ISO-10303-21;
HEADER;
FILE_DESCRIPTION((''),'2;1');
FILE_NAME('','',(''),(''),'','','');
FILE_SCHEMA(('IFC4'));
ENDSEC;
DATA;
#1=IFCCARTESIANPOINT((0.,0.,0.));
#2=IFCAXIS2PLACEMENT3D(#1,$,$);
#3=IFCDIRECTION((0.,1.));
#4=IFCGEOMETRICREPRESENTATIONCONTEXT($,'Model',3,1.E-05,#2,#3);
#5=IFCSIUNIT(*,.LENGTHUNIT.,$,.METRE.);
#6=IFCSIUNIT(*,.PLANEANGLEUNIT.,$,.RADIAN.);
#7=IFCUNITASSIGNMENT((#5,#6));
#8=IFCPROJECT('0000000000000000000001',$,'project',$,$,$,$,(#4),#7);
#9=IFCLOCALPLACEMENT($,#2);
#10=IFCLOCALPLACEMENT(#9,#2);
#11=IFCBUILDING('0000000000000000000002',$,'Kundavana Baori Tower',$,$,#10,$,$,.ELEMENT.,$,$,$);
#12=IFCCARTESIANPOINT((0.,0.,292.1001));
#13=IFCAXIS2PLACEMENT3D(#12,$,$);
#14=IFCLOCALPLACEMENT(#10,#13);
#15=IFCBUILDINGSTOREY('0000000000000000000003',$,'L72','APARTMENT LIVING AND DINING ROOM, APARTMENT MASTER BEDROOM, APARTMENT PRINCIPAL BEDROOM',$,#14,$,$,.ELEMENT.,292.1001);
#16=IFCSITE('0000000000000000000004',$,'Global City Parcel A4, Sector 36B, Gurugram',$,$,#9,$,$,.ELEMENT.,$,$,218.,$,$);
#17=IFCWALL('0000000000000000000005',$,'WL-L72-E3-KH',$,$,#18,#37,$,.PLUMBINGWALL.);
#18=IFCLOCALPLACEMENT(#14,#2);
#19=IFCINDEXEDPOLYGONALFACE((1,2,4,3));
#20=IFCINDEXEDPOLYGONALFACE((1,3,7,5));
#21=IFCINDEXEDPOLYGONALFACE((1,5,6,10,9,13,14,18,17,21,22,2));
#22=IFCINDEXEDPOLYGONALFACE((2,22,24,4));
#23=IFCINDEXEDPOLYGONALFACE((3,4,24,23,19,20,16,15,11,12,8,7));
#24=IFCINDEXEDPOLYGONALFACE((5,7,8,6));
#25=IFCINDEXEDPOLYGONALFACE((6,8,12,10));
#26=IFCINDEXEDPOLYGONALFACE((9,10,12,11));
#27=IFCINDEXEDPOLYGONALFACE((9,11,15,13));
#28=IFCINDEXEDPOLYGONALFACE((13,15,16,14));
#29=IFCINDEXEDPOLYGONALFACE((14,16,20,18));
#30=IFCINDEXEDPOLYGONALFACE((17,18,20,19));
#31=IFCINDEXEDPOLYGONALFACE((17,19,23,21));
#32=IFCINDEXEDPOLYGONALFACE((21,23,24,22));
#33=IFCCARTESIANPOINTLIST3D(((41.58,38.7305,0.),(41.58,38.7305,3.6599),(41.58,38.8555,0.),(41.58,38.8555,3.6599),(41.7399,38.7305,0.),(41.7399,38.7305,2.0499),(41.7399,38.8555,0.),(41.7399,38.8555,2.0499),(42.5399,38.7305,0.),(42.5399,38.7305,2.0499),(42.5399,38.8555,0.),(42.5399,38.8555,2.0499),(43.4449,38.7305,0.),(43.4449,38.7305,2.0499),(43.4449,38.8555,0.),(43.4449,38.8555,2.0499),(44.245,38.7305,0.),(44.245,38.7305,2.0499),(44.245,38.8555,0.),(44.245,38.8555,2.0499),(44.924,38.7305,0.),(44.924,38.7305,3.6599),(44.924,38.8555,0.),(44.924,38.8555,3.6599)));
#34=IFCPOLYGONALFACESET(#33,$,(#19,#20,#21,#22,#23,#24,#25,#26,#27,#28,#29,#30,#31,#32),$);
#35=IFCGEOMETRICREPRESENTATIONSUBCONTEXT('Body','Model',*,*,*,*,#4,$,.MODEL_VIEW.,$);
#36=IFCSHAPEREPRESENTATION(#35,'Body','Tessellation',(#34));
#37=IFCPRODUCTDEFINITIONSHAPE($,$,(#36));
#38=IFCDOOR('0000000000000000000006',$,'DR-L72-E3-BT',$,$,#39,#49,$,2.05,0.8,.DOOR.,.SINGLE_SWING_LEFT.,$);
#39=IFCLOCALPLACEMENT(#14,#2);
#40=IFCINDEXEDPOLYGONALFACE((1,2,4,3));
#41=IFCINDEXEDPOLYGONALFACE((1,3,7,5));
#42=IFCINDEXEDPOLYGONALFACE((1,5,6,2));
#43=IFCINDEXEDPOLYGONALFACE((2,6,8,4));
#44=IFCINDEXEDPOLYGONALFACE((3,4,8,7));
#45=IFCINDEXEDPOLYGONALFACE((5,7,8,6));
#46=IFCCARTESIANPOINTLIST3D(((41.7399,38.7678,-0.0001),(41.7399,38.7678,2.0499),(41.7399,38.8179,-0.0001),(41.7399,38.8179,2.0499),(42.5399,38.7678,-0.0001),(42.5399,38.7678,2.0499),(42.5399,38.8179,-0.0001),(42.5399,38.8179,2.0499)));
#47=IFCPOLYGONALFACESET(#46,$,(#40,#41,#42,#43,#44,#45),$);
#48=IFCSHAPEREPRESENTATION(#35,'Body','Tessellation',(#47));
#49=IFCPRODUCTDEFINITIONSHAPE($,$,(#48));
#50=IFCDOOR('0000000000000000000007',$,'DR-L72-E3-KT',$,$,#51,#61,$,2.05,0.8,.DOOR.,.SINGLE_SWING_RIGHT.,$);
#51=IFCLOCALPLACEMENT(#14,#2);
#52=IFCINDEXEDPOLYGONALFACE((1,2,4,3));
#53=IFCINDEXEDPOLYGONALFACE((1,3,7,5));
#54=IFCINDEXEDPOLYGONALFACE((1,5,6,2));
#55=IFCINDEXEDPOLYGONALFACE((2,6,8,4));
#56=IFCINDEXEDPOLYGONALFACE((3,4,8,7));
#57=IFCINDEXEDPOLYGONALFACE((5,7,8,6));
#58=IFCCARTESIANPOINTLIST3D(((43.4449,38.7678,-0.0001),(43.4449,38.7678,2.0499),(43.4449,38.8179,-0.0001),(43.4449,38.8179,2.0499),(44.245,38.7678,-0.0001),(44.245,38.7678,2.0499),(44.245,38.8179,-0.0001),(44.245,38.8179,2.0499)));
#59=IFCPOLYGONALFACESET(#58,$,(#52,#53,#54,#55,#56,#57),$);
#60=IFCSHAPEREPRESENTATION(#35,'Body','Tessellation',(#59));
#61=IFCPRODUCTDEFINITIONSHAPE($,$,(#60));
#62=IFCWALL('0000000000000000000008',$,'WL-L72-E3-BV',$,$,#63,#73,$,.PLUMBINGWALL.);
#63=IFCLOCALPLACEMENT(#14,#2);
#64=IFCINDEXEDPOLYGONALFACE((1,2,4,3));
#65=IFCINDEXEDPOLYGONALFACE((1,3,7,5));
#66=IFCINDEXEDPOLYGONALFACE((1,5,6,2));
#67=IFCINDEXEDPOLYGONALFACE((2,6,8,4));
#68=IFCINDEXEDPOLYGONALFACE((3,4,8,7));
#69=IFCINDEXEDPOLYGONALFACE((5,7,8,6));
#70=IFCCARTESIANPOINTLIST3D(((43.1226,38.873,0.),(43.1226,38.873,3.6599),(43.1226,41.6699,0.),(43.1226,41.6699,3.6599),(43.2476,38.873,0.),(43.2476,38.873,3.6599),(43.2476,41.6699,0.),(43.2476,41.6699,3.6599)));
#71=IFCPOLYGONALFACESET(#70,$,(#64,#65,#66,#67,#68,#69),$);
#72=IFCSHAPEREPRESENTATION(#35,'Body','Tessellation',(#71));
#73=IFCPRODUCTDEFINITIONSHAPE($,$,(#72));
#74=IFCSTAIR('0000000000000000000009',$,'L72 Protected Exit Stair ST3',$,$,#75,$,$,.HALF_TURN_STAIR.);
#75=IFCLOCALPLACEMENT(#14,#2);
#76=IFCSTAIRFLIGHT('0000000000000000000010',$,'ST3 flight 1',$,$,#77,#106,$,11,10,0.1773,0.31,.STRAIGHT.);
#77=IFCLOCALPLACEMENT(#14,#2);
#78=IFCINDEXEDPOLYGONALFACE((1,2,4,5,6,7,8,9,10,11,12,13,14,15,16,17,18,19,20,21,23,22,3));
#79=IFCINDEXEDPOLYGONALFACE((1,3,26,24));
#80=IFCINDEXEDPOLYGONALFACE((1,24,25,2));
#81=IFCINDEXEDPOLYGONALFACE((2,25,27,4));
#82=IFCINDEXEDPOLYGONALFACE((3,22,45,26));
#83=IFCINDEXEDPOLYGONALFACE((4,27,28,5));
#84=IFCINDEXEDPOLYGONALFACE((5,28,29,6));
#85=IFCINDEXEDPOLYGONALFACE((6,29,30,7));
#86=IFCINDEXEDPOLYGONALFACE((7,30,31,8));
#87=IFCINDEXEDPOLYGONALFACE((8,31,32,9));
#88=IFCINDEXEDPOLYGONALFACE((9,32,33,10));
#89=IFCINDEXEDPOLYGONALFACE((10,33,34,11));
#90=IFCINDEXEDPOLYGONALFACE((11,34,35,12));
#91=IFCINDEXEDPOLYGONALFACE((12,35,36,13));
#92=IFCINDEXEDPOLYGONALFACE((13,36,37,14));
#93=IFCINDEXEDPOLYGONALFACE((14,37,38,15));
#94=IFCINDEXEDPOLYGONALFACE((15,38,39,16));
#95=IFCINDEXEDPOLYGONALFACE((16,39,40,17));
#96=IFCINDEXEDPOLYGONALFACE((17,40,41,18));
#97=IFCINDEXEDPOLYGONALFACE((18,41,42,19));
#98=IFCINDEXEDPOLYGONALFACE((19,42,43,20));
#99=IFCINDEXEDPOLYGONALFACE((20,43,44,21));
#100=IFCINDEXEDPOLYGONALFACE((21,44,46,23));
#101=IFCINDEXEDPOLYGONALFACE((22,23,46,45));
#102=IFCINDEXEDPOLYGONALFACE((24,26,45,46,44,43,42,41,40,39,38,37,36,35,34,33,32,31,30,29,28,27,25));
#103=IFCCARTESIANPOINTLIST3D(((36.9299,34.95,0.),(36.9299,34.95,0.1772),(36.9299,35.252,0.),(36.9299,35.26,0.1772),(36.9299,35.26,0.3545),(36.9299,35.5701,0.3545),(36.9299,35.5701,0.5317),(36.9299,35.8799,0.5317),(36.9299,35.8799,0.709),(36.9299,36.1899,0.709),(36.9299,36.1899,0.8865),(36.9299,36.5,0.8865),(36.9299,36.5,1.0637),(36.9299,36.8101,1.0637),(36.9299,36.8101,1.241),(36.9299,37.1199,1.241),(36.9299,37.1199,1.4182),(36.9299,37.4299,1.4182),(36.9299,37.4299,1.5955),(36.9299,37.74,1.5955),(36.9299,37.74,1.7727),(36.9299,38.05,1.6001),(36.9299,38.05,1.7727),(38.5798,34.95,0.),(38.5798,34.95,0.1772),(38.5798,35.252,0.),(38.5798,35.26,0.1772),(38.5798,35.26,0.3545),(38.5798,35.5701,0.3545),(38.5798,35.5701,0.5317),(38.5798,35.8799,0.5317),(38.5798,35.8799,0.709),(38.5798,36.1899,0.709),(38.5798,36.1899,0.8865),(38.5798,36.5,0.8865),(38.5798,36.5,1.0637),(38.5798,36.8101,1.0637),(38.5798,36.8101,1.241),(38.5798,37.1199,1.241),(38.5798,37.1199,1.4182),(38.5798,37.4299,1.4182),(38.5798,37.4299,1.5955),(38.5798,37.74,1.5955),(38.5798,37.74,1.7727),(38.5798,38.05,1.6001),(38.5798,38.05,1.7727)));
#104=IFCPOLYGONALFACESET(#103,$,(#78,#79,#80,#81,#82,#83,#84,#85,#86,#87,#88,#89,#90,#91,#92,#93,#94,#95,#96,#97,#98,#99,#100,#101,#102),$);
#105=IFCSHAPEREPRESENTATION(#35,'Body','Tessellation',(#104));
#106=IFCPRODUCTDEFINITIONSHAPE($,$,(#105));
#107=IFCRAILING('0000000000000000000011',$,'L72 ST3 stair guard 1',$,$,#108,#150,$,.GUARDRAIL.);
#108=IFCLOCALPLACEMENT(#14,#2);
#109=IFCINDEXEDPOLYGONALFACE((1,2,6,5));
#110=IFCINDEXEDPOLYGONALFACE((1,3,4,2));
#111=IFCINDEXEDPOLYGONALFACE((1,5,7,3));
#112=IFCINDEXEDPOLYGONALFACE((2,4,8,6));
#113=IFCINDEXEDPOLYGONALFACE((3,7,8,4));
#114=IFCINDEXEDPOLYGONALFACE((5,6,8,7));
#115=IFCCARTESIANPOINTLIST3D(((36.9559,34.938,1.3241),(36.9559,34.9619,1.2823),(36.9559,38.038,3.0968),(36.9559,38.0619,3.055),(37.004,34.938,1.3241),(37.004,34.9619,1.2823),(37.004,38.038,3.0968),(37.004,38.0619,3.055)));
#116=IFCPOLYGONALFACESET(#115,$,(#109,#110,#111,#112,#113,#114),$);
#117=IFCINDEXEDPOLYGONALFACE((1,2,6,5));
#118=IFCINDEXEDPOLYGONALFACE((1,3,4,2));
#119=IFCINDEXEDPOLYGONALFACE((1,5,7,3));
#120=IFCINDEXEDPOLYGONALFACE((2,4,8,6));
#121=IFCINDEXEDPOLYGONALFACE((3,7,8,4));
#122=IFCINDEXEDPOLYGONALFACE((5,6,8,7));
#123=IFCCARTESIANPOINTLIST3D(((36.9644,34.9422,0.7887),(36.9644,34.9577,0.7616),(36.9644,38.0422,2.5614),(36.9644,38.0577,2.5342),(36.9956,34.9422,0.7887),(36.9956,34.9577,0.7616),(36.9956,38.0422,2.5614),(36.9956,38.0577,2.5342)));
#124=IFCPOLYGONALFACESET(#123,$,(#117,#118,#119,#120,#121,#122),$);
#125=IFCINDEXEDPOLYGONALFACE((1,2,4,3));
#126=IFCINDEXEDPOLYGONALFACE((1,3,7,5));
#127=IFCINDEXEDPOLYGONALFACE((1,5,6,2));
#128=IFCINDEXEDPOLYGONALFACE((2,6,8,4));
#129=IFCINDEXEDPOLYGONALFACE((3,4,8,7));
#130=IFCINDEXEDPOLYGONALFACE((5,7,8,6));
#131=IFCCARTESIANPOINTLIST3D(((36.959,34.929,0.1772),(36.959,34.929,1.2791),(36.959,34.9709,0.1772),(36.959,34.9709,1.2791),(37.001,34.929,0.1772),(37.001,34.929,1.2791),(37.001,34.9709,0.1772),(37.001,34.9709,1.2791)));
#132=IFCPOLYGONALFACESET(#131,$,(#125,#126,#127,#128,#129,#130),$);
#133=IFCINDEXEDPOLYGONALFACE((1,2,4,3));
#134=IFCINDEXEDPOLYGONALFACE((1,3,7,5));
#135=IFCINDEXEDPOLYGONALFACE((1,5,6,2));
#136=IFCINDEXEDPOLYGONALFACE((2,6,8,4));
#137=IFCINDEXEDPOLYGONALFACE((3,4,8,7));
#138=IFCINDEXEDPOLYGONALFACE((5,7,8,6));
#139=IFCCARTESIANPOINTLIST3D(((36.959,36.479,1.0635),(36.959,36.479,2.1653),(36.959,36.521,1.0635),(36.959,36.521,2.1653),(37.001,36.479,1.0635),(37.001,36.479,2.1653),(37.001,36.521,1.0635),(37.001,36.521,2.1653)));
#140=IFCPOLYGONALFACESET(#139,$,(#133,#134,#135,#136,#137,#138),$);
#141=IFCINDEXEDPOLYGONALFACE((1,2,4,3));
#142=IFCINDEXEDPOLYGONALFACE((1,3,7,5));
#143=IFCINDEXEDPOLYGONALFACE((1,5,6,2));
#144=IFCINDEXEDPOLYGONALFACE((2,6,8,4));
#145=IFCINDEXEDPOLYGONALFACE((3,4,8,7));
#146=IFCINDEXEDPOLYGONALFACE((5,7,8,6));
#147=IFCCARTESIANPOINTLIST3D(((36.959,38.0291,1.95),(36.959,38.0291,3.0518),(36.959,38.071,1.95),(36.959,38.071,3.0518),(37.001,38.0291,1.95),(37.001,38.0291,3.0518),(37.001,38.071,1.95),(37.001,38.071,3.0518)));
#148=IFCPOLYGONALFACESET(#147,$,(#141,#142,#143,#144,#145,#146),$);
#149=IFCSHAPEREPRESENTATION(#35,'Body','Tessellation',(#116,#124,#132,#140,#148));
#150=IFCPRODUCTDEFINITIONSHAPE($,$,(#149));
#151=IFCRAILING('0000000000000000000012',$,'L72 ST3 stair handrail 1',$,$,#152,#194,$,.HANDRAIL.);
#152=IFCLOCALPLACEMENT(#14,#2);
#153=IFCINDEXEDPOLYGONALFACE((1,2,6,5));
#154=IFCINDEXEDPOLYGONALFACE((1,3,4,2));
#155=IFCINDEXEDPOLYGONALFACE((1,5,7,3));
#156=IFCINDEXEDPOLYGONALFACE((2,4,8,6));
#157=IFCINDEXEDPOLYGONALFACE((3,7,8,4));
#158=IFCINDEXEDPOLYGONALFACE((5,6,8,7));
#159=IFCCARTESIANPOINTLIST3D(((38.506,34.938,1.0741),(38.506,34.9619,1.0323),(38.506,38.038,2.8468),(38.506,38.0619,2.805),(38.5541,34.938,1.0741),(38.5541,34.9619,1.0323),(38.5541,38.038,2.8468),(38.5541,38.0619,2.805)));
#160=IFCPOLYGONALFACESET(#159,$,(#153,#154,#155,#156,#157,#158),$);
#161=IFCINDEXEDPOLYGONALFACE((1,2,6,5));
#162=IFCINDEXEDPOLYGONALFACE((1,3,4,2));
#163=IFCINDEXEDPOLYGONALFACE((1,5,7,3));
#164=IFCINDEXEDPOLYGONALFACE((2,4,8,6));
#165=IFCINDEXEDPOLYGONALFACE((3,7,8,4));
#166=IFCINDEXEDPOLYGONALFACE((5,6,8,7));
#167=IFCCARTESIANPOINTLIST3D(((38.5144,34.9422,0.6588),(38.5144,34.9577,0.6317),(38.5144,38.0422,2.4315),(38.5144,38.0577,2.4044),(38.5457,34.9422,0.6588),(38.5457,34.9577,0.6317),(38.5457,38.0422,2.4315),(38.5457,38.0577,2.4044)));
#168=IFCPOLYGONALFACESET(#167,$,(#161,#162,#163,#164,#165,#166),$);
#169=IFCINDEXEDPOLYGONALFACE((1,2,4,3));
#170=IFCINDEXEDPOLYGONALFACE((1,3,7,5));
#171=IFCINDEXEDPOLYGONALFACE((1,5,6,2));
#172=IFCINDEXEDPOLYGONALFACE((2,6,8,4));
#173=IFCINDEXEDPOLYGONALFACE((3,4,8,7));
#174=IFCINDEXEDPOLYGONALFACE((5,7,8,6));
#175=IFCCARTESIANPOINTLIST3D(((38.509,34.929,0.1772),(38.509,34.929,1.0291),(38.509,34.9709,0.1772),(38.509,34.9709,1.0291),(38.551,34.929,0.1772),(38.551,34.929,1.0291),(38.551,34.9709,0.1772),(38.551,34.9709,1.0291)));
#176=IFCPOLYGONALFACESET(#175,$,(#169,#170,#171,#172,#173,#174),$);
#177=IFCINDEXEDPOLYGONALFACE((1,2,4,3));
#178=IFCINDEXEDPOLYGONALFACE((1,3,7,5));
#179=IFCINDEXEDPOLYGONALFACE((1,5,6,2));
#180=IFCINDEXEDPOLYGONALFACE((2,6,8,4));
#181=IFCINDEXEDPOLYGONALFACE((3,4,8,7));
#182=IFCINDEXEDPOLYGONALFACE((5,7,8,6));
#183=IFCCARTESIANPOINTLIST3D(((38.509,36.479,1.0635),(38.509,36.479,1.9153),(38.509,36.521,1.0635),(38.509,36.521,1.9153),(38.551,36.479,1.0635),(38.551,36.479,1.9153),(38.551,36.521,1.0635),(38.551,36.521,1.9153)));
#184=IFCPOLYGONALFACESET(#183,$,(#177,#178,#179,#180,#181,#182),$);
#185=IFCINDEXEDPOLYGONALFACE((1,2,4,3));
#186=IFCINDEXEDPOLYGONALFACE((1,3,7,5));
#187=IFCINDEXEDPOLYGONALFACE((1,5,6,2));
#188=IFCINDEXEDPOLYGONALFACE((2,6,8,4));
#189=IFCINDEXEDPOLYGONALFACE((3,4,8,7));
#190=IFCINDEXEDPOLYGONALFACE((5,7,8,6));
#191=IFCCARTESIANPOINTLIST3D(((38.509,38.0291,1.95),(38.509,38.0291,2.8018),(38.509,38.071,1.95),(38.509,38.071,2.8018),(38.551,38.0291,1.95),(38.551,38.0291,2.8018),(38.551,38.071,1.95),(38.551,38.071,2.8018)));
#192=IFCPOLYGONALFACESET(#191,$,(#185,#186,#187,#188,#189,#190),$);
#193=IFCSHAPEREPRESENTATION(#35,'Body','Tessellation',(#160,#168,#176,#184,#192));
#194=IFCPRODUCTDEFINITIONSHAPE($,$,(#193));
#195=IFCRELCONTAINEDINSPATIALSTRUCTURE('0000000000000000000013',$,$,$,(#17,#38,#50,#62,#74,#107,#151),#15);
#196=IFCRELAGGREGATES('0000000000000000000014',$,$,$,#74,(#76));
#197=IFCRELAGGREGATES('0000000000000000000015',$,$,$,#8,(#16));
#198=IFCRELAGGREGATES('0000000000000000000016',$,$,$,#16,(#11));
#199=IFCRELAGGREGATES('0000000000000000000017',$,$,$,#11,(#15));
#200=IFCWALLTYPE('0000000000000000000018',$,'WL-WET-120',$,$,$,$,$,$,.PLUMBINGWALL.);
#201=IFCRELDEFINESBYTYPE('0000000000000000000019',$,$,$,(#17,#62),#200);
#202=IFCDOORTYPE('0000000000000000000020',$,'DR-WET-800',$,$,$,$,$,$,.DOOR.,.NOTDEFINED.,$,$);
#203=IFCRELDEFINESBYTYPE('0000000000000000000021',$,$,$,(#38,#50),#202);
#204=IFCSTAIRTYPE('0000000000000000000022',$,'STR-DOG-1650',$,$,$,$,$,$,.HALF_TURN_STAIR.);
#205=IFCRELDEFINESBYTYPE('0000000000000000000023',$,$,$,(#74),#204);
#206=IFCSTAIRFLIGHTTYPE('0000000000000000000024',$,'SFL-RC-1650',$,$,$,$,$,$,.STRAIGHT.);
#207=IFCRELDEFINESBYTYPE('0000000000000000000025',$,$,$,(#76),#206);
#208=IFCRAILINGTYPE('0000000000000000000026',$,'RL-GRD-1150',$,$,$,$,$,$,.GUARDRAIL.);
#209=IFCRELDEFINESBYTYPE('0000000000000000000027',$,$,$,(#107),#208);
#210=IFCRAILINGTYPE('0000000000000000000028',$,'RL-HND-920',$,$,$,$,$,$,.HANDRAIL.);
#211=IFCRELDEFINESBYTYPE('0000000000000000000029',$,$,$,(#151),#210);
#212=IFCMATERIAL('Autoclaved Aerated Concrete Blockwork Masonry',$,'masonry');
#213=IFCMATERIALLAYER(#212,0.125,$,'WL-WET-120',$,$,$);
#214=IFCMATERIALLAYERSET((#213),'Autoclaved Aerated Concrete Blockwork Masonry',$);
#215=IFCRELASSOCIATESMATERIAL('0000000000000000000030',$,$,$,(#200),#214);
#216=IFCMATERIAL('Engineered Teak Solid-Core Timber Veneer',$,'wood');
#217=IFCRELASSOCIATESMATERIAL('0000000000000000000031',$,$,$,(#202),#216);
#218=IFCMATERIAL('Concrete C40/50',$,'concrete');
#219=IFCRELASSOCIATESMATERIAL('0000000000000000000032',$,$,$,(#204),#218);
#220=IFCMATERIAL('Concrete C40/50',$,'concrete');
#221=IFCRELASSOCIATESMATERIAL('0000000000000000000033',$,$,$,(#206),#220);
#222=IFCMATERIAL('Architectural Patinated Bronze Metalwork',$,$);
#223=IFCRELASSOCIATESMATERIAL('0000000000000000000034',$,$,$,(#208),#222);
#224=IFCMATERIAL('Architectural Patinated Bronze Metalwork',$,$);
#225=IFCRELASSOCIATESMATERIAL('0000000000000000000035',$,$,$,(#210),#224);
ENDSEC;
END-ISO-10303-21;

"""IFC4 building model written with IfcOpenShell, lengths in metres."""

from ifc_helpers import new_model, si_unit, direction, frame, frame_2d, origin, origin_2d, place, context, subcontext, project, spatial, polyline, rectangle, outline, extrude, material, layer, layer_set, type_object, element, fill, aggregate, save


model = new_model("IFC4")

# Units and contexts
model_context = context("Model", 3, precision=1e-05, world=origin(), true_north=direction((0.0, 1.0)))
body_context = subcontext(model_context, "Body", "Model", "MODEL_VIEW")
ifc_project = project(units=[si_unit("LENGTHUNIT", "METRE"), si_unit("PLANEANGLEUNIT", "RADIAN")], contexts=[model_context])

# Site, building, storey
site_placement = place(None, origin())
site = spatial("IfcSite", under=ifc_project, at=site_placement, Name="Global City Parcel A4, Sector 36B, Gurugram", CompositionType="ELEMENT", RefElevation=218.0)
building_placement = place(site_placement, origin())
building = spatial("IfcBuilding", under=site, at=building_placement, Name="Kundavana Baori Tower", CompositionType="ELEMENT")
storey_placement = place(building_placement, frame((0.0, 0.0, 292.1001)))
storey = spatial("IfcBuildingStorey", under=building, at=storey_placement, Name="L72", Description="APARTMENT LIVING AND DINING ROOM, APARTMENT MASTER BEDROOM, APARTMENT PRINCIPAL BEDROOM", CompositionType="ELEMENT", Elevation=292.1001)

# Wall, openings, doors
ifc_material_1 = material(Name="Autoclaved Aerated Concrete Blockwork Masonry", Category="masonry")
ifc_layer_1 = layer(ifc_material_1, 0.125, Name="WL-WET-120")
ifc_layer_set_1 = layer_set([ifc_layer_1], Name="Autoclaved Aerated Concrete Blockwork Masonry")
wall_type_1 = type_object("IfcWallType", Name="WL-WET-120", PredefinedType="PLUMBINGWALL", material=ifc_layer_set_1)
wall_1_placement = place(storey_placement, frame((41.5801, 38.793, 0.0), z_axis=(0.0, 0.0, 1.0), x_axis=(1.0, 0.0, 0.0)))
wall_1 = element("IfcWall", 1, at=wall_1_placement, inside=storey, type_object=wall_type_1, Name="WL-L72-E3-KH", PredefinedType="PLUMBINGWALL", context=body_context, shape_type="SweptSolid", body=[
    extrude(rectangle(XDim=3.344, YDim=0.125, at=frame_2d((1.6719, 0.0))), origin(), (0.0, 0.0, 1.0), 3.6599),
])
opening_1_placement = place(wall_1_placement, frame((0.1599, 0.0, 0.0)))
opening_1 = element("IfcOpeningElement", 2, at=opening_1_placement, cuts=wall_1, PredefinedType="OPENING", context=body_context, shape_type="SweptSolid", body=[
    extrude(rectangle(XDim=0.8, YDim=2.05, at=frame_2d((0.3999, 1.0249))), frame((0.0, 0.0725, 0.0), z_axis=(0.0, -1.0, 0.0), x_axis=(1.0, 0.0, 0.0)), (0.0, 0.0, 1.0), 0.145),
])
opening_2_placement = place(wall_1_placement, frame((1.865, 0.0, 0.0)))
opening_2 = element("IfcOpeningElement", 3, at=opening_2_placement, cuts=wall_1, PredefinedType="OPENING", context=body_context, shape_type="SweptSolid", body=[
    extrude(rectangle(XDim=0.8, YDim=2.05, at=frame_2d((0.3999, 1.0249))), frame((0.0, 0.0725, 0.0), z_axis=(0.0, -1.0, 0.0), x_axis=(1.0, 0.0, 0.0)), (0.0, 0.0, 1.0), 0.145),
])
ifc_material_2 = material(Name="Engineered Teak Solid-Core Timber Veneer", Category="wood")
door_type_1 = type_object("IfcDoorType", Name="DR-WET-800", OperationType="NOTDEFINED", PredefinedType="DOOR", material=ifc_material_2)
door_1_placement = place(opening_1_placement, origin())
door_1 = element("IfcDoor", 4, at=door_1_placement, inside=storey, type_object=door_type_1, Name="DR-L72-E3-BT", OperationType="SINGLE_SWING_LEFT", OverallHeight=2.05, OverallWidth=0.8, PredefinedType="DOOR", context=body_context, shape_type="SweptSolid", body=[
    extrude(rectangle(XDim=0.8, YDim=2.05, at=frame_2d((0.3999, 1.0249))), frame((0.0, 0.0249, 0.0), z_axis=(0.0, -1.0, 0.0), x_axis=(1.0, 0.0, 0.0)), (0.0, 0.0, 1.0), 0.05),
])
fill(opening_1, door_1)
door_2_placement = place(opening_2_placement, origin())
door_2 = element("IfcDoor", 5, at=door_2_placement, inside=storey, type_object=door_type_1, Name="DR-L72-E3-KT", OperationType="SINGLE_SWING_RIGHT", OverallHeight=2.05, OverallWidth=0.8, PredefinedType="DOOR", context=body_context, shape_type="SweptSolid", body=[
    extrude(rectangle(XDim=0.8, YDim=2.05, at=frame_2d((0.3999, 1.0249))), frame((0.0, 0.0249, 0.0), z_axis=(0.0, -1.0, 0.0), x_axis=(1.0, 0.0, 0.0)), (0.0, 0.0, 1.0), 0.05),
])
fill(opening_2, door_2)

# Wall
wall_2_placement = place(storey_placement, frame((43.1851, 38.873, 0.0), z_axis=(0.0, 0.0, 1.0), x_axis=(0.0, 1.0, 0.0)))
element("IfcWall", 6, at=wall_2_placement, inside=storey, type_object=wall_type_1, Name="WL-L72-E3-BV", PredefinedType="PLUMBINGWALL", context=body_context, shape_type="SweptSolid", body=[
    extrude(rectangle(XDim=2.7969, YDim=0.125, at=frame_2d((1.3984, 0.0))), origin(), (0.0, 0.0, 1.0), 3.6599),
])

# Stair, stair flight
ifc_material_3 = material(Name="Concrete C40/50", Category="concrete")
stair_type = type_object("IfcStairType", Name="STR-DOG-1650", PredefinedType="HALF_TURN_STAIR", material=ifc_material_3)
stair_placement = place(storey_placement, origin())
stair = element("IfcStair", 7, at=stair_placement, inside=storey, type_object=stair_type, Name="L72 Protected Exit Stair ST3", PredefinedType="HALF_TURN_STAIR")
ifc_material_4 = material(Name="Concrete C40/50", Category="concrete")
stair_flight_type = type_object("IfcStairFlightType", Name="SFL-RC-1650", PredefinedType="STRAIGHT", material=ifc_material_4)
stair_flight_placement = place(storey_placement, frame((37.7549, 34.95, 0.0), z_axis=(0.0, 0.0, 1.0), x_axis=(0.0, 1.0, 0.0)))
stair_flight = element("IfcStairFlight", 8, at=stair_flight_placement, type_object=stair_flight_type, Name="ST3 flight 1", NumberOfRisers=11, NumberOfTreads=10, PredefinedType="STRAIGHT", RiserHeight=0.1773, TreadLength=0.31, context=body_context, shape_type="SweptSolid", body=[
    extrude(outline(polyline([(0.0, 0.0), (0.0, 0.1772), (0.3101, 0.1772), (0.3101, 0.3545), (0.6201, 0.3545), (0.6201, 0.5317), (0.9299, 0.5317), (0.9299, 0.709), (1.24, 0.709), (1.24, 0.8865), (1.55, 0.8865), (1.55, 1.0637), (1.8601, 1.0637), (1.8601, 1.241), (2.1699, 1.241), (2.1699, 1.4182), (2.48, 1.4182), (2.48, 1.5955), (2.79, 1.5955), (2.79, 1.7727), (3.1001, 1.7727), (3.1001, 1.95), (3.1001, 1.6001), (0.302, 0.0), (0.0, 0.0)])), frame((0.0, 0.825, 0.0), z_axis=(0.0, -1.0, 0.0), x_axis=(1.0, 0.0, 0.0)), (0.0, 0.0, 1.0), 1.6499),
])
aggregate(stair, [stair_flight])

# Railings
ifc_material_5 = material(Name="Architectural Patinated Bronze Metalwork")
railing_type_1 = type_object("IfcRailingType", Name="RL-GRD-1150", PredefinedType="GUARDRAIL", material=ifc_material_5)
railing_1_placement = place(storey_placement, frame((36.98, 34.95, 0.1772)))
element("IfcRailing", 9, at=railing_1_placement, inside=storey, type_object=railing_type_1, Name="L72 ST3 stair guard 1", PredefinedType="GUARDRAIL", context=body_context, shape_type="SweptSolid", body=[
    extrude(rectangle(XDim=0.0481, YDim=0.0481, at=origin_2d()), frame((0.0, 0.0, 1.126), z_axis=(0.0, 0.868096, 0.496397), x_axis=(-1.0, 0.0, 0.0)), (0.0, 0.0, 1.0), 3.571),
    extrude(rectangle(XDim=0.0312, YDim=0.0312, at=origin_2d()), frame((0.0, 0.0, 0.5979), z_axis=(0.0, 0.868096, 0.496397), x_axis=(-1.0, 0.0, 0.0)), (0.0, 0.0, 1.0), 3.571),
    extrude(rectangle(XDim=0.042, YDim=0.042, at=origin_2d()), origin(), (0.0, 0.0, 1.0), 1.1018),
    extrude(rectangle(XDim=0.042, YDim=0.042, at=origin_2d()), frame((0.0, 1.55, 0.8862)), (0.0, 0.0, 1.0), 1.1018),
    extrude(rectangle(XDim=0.042, YDim=0.042, at=origin_2d()), frame((0.0, 3.1001, 1.7727)), (0.0, 0.0, 1.0), 1.1018),
])
ifc_material_6 = material(Name="Architectural Patinated Bronze Metalwork")
railing_type_2 = type_object("IfcRailingType", Name="RL-HND-920", PredefinedType="HANDRAIL", material=ifc_material_6)
railing_2_placement = place(storey_placement, frame((38.53, 34.95, 0.1772)))
element("IfcRailing", 10, at=railing_2_placement, inside=storey, type_object=railing_type_2, Name="L72 ST3 stair handrail 1", PredefinedType="HANDRAIL", context=body_context, shape_type="SweptSolid", body=[
    extrude(rectangle(XDim=0.0481, YDim=0.0481, at=origin_2d()), frame((0.0, 0.0, 0.876), z_axis=(0.0, 0.868096, 0.496397), x_axis=(-1.0, 0.0, 0.0)), (0.0, 0.0, 1.0), 3.571),
    extrude(rectangle(XDim=0.0312, YDim=0.0312, at=origin_2d()), frame((0.0, 0.0, 0.468), z_axis=(0.0, 0.868096, 0.496397), x_axis=(-1.0, 0.0, 0.0)), (0.0, 0.0, 1.0), 3.571),
    extrude(rectangle(XDim=0.042, YDim=0.042, at=origin_2d()), origin(), (0.0, 0.0, 1.0), 0.8518),
    extrude(rectangle(XDim=0.042, YDim=0.042, at=origin_2d()), frame((0.0, 1.55, 0.8862)), (0.0, 0.0, 1.0), 0.8518),
    extrude(rectangle(XDim=0.042, YDim=0.042, at=origin_2d()), frame((0.0, 3.1001, 1.7727)), (0.0, 0.0, 1.0), 0.8518),
])

save(model, "model.ifc")
